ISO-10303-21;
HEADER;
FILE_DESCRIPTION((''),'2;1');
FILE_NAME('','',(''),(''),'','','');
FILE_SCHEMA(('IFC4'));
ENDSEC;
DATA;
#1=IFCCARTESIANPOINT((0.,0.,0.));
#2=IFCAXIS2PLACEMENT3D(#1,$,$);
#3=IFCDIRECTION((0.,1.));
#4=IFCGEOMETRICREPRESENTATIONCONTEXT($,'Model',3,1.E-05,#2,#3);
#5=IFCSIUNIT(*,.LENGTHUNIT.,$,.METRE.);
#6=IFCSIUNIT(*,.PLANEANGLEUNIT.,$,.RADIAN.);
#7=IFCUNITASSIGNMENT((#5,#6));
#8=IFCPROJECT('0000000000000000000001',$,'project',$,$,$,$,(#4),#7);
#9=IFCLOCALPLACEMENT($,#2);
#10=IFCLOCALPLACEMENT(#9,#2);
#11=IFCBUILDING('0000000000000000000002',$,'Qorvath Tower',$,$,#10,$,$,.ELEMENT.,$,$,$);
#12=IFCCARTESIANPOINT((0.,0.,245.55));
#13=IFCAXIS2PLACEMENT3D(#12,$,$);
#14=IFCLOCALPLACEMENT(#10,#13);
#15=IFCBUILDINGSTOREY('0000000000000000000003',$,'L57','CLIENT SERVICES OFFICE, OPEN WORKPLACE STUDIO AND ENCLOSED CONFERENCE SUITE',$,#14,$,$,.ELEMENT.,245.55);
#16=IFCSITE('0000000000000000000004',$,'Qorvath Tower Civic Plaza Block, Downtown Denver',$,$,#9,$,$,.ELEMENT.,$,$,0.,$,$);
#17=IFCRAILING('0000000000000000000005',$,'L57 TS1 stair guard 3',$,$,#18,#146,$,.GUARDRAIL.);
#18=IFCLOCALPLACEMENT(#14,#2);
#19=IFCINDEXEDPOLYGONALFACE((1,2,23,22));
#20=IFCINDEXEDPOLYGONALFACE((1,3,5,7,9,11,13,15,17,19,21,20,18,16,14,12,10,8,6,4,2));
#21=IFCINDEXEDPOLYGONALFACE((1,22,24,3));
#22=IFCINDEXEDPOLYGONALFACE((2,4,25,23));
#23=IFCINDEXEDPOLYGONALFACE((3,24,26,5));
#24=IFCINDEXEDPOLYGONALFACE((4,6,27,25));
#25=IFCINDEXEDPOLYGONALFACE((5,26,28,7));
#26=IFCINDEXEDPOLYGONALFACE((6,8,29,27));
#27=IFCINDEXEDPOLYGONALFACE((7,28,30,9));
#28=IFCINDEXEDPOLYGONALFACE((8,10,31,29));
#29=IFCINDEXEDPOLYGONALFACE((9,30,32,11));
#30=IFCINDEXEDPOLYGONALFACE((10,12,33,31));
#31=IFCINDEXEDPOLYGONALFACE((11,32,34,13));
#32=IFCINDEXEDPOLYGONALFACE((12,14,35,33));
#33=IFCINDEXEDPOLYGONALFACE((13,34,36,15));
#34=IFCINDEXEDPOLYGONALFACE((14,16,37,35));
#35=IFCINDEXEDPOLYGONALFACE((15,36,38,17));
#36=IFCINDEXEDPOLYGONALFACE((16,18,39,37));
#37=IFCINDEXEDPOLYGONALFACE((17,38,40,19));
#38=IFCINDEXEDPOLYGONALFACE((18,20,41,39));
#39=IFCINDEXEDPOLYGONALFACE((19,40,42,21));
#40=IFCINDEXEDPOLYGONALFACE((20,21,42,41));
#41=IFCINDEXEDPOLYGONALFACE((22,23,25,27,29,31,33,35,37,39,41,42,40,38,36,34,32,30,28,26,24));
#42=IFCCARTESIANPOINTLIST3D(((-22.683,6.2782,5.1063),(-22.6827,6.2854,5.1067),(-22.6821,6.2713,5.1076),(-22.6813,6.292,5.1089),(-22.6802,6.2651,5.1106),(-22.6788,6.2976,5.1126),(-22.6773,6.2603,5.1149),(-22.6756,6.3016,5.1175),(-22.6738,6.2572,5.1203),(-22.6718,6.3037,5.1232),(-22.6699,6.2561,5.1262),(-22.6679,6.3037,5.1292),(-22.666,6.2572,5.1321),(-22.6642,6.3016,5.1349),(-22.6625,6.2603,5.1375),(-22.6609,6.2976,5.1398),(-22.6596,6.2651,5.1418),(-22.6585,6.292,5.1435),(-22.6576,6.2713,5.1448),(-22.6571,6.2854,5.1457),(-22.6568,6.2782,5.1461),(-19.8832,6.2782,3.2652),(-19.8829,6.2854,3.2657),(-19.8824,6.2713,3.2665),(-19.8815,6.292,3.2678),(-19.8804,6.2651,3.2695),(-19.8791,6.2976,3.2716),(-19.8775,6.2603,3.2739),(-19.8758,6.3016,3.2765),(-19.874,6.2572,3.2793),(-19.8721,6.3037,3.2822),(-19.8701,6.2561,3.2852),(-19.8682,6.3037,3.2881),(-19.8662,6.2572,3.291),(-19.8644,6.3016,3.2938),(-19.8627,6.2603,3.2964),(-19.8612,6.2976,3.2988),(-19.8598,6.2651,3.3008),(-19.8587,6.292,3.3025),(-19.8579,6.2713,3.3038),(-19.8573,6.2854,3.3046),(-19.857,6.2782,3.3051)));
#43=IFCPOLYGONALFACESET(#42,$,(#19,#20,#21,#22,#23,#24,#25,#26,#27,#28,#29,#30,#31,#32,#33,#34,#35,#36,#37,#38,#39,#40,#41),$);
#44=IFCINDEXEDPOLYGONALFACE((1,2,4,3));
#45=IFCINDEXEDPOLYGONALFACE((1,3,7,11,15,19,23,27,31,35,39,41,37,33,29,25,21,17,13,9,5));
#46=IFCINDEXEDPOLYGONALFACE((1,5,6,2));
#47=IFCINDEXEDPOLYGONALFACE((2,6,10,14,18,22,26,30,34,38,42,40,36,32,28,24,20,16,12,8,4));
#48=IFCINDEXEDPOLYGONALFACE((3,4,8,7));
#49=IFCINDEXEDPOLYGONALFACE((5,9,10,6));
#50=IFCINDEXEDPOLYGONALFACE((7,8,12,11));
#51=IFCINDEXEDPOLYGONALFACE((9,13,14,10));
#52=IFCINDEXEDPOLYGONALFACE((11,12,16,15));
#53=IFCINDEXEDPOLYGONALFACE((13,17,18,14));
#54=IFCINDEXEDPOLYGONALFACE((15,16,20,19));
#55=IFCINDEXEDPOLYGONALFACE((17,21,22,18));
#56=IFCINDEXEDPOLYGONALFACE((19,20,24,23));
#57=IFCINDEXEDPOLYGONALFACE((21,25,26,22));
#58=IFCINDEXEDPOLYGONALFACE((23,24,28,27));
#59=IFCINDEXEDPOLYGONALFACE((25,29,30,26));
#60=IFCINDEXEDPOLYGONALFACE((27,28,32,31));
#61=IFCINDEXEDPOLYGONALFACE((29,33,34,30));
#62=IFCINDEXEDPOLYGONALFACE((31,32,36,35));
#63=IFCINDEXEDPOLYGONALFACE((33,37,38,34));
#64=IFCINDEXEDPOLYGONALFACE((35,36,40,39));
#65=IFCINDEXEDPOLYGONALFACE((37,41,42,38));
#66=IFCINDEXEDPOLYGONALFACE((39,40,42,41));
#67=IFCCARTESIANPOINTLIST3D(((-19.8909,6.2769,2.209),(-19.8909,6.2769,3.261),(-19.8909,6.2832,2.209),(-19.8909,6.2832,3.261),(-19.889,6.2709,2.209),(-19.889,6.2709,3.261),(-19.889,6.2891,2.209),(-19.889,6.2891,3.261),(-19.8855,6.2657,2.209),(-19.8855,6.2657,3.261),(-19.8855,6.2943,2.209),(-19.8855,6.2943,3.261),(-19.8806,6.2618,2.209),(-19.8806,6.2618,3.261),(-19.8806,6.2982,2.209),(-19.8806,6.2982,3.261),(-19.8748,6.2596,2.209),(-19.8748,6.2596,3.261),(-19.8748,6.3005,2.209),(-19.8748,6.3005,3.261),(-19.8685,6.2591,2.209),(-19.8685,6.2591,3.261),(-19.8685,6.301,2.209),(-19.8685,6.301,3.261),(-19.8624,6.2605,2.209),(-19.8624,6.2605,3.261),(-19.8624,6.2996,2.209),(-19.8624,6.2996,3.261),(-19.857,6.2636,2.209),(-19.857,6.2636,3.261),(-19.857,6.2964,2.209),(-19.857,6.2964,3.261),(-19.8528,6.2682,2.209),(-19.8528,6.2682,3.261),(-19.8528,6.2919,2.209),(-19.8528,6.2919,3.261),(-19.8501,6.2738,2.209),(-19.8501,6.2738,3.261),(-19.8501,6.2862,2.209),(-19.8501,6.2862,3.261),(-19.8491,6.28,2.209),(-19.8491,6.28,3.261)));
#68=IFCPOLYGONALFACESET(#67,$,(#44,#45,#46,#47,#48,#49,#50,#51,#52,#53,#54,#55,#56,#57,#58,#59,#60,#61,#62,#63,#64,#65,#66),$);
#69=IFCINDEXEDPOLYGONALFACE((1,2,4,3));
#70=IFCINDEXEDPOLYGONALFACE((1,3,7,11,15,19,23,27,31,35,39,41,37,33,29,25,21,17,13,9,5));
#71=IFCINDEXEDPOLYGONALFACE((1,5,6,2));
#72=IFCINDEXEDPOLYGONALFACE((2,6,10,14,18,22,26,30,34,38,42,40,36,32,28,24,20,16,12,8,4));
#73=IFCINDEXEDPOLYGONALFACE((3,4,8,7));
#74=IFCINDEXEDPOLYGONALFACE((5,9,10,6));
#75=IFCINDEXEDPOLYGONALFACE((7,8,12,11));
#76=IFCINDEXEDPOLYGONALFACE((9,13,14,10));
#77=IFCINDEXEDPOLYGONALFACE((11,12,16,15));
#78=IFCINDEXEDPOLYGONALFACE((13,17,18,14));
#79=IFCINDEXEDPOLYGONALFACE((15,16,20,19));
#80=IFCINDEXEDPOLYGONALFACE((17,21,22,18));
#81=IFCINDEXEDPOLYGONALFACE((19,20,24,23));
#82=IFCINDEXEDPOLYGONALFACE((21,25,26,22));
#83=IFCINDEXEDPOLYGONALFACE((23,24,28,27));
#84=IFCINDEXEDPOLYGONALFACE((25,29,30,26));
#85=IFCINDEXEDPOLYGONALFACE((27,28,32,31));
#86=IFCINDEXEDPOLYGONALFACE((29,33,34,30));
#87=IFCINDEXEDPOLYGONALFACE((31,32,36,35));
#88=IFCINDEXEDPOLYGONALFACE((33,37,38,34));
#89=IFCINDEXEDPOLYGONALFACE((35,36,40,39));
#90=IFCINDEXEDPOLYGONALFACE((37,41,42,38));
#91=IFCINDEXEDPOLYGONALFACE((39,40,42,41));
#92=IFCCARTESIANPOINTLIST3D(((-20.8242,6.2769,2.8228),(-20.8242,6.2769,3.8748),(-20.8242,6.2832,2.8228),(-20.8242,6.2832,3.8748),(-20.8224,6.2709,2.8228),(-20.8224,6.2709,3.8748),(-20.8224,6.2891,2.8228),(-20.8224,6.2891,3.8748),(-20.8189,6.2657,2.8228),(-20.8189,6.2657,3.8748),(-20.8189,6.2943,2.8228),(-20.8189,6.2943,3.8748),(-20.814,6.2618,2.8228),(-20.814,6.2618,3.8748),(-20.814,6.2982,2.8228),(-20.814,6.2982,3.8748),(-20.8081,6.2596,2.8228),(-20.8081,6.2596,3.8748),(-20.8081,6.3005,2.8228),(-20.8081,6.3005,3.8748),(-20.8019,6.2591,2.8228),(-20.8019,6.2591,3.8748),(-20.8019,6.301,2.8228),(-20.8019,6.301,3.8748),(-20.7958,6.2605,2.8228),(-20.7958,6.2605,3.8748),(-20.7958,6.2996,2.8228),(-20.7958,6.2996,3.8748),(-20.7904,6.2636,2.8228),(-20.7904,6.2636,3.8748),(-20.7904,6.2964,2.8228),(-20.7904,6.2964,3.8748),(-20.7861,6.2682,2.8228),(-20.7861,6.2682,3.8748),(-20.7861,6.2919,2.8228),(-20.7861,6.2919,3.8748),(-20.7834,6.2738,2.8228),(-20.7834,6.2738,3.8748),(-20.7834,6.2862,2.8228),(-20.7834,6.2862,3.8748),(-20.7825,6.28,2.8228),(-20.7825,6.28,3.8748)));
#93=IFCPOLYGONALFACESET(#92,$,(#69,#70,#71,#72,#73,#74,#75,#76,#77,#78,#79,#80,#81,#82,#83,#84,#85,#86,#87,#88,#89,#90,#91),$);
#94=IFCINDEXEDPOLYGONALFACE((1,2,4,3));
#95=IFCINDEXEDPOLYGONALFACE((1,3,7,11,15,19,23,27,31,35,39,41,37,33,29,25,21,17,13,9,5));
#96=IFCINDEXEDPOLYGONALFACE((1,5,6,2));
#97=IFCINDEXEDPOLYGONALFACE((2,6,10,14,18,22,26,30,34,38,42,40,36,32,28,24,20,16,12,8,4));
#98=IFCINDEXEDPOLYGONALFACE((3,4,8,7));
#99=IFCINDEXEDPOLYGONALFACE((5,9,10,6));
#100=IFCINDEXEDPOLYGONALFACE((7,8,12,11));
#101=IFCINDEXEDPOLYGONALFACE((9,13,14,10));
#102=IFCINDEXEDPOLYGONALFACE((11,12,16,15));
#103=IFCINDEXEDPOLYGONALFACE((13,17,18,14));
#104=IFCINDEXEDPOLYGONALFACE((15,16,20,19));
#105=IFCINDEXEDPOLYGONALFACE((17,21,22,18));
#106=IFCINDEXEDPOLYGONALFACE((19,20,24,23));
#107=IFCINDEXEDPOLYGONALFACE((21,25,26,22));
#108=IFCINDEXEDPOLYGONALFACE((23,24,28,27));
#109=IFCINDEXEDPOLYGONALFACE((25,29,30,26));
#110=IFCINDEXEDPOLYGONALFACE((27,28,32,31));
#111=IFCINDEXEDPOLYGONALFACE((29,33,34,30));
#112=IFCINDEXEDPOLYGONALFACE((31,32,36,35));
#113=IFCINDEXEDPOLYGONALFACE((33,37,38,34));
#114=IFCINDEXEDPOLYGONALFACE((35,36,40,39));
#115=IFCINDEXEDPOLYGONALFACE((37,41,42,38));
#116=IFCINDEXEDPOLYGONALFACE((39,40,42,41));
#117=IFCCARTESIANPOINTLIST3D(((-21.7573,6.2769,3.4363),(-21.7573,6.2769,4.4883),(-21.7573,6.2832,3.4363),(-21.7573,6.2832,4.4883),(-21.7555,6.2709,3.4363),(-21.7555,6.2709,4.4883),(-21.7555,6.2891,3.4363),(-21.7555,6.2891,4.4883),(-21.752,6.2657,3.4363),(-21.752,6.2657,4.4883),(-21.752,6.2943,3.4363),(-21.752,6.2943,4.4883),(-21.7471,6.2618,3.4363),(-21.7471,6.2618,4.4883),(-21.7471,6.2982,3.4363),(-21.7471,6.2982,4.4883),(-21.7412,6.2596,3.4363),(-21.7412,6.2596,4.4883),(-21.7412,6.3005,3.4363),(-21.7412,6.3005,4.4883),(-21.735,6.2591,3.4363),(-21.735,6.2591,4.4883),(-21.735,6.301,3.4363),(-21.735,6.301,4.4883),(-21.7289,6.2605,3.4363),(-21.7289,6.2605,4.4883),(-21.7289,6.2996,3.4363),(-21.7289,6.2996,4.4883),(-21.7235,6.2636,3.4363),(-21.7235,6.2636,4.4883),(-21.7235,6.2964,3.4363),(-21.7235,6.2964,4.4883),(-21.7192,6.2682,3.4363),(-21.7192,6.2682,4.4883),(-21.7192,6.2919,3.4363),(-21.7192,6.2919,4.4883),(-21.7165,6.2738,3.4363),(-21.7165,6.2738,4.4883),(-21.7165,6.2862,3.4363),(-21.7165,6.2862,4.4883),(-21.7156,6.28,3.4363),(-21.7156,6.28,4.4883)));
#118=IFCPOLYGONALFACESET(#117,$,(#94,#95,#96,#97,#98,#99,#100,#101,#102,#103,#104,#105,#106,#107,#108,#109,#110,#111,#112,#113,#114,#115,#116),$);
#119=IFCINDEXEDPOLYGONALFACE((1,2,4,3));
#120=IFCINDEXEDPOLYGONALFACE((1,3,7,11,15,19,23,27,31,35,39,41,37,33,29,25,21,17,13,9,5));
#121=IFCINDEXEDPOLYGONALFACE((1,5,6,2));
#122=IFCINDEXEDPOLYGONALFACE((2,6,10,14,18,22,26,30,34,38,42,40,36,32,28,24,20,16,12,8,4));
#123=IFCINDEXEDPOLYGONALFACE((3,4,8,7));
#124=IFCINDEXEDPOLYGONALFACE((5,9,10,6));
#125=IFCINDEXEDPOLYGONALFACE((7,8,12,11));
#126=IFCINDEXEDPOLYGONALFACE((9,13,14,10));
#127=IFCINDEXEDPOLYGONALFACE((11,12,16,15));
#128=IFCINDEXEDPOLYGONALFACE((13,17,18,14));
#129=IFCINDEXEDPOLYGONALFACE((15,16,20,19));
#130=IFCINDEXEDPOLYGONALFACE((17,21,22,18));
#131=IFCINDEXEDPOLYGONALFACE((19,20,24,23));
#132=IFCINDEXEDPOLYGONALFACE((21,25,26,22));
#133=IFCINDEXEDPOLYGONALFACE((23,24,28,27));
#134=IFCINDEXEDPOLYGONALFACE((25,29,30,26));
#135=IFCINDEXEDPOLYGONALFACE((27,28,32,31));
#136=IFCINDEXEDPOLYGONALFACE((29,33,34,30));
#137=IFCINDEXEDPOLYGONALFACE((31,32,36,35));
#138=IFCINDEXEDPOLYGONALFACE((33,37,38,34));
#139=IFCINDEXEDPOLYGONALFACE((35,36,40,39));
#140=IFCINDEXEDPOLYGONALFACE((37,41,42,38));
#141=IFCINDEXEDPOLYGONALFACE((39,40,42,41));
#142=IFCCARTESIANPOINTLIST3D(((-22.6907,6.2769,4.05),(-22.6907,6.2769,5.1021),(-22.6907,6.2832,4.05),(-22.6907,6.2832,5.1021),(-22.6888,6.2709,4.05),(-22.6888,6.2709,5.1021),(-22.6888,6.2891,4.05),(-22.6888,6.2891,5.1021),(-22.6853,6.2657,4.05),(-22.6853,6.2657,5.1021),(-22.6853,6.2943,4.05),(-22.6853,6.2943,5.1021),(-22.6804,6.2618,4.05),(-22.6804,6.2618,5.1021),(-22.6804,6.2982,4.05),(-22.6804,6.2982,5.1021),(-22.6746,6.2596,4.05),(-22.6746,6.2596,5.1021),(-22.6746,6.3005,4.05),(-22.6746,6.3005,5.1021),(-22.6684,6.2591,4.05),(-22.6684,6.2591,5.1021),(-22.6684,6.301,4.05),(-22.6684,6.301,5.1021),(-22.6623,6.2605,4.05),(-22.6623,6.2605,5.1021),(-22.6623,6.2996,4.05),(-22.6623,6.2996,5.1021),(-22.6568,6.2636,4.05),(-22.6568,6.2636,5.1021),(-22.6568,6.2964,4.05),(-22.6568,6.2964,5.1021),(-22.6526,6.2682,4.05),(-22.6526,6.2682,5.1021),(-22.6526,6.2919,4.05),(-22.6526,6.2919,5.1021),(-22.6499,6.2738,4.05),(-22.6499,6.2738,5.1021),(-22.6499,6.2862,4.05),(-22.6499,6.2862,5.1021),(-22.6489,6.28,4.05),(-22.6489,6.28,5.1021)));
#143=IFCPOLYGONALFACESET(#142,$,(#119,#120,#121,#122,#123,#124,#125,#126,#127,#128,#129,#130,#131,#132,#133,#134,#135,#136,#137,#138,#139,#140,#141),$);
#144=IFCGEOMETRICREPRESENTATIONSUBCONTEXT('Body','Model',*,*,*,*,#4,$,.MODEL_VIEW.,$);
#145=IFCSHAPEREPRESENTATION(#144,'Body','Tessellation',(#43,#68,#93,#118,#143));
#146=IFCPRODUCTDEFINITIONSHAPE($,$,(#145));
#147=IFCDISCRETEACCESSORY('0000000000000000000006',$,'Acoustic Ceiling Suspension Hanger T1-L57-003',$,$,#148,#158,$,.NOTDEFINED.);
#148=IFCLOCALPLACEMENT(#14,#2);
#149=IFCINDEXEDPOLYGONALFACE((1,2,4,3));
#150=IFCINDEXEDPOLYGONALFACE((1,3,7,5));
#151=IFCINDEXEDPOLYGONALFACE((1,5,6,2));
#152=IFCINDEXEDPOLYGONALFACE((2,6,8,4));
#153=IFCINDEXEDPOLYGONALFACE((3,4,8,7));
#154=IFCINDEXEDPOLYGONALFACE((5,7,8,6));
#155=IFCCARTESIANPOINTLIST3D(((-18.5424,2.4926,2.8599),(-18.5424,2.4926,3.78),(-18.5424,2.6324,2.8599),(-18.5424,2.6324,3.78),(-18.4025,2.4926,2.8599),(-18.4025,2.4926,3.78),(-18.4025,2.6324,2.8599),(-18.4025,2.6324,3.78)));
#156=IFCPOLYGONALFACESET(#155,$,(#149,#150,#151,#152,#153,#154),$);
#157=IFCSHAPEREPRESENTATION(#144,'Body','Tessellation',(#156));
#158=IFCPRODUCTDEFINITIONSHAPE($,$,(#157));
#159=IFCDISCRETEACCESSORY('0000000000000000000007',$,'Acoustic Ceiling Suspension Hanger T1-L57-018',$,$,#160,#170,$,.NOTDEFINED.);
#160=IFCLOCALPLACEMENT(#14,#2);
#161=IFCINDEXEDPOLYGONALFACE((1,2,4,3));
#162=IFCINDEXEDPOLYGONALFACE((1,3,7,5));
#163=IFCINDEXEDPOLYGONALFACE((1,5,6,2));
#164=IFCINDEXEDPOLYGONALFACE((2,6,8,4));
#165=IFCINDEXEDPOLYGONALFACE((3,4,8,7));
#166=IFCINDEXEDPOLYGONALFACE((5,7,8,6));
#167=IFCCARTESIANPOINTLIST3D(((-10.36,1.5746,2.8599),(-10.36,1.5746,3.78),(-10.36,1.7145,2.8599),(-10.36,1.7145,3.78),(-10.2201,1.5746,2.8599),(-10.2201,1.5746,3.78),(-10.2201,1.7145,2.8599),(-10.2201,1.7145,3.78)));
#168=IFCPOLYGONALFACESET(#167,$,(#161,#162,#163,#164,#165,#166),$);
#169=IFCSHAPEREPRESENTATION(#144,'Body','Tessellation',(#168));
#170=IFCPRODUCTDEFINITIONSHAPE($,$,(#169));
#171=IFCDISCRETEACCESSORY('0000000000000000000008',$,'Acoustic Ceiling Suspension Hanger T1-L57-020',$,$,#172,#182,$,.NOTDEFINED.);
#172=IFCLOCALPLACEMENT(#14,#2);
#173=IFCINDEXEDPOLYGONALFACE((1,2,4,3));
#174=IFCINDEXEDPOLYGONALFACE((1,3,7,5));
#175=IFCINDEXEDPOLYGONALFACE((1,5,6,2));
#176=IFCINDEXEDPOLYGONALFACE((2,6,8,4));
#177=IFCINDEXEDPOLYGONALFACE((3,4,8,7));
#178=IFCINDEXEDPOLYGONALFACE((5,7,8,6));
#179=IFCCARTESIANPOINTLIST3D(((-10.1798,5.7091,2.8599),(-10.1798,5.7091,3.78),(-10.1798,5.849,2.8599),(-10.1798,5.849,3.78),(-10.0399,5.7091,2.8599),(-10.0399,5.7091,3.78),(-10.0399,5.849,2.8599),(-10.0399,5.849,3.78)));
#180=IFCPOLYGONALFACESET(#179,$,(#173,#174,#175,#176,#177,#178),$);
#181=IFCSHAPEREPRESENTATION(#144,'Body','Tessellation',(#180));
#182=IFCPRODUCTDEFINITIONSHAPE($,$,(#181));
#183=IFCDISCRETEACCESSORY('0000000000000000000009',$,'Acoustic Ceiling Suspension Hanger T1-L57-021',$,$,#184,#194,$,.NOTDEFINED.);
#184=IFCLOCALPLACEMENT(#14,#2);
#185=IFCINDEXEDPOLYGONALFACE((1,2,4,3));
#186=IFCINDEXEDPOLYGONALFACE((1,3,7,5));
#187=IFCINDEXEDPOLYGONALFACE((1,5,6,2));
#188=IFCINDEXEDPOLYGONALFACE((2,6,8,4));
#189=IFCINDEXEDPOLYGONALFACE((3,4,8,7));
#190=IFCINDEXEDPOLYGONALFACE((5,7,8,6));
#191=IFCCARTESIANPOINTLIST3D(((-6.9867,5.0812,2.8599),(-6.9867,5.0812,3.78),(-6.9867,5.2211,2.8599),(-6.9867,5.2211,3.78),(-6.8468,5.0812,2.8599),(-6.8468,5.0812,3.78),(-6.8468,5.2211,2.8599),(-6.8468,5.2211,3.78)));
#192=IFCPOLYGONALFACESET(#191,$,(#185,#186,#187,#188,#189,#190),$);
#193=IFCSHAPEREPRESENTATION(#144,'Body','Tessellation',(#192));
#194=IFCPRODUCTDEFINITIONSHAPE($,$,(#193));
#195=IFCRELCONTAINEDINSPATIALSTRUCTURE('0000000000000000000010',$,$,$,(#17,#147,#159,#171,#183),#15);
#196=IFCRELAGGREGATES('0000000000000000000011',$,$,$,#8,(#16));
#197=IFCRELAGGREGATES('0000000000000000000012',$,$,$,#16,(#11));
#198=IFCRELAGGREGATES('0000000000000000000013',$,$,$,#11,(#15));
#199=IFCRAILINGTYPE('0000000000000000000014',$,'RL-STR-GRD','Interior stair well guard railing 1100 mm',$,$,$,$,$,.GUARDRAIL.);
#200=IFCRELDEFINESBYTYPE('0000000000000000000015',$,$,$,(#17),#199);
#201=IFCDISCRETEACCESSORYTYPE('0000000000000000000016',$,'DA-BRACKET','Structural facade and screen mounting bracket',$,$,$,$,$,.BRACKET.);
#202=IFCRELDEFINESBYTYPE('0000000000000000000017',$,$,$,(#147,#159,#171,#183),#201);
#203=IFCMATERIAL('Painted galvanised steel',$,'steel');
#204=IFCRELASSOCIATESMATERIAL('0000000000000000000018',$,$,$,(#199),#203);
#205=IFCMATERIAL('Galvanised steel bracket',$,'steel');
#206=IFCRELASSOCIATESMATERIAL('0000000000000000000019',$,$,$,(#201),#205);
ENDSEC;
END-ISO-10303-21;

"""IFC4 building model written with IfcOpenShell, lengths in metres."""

from ifc_helpers import new_model, si_unit, direction, frame, origin, origin_2d, place, context, subcontext, project, spatial, rectangle, circle, extrude, material, type_object, element, save


model = new_model("IFC4")

# Units and contexts
model_context = context("Model", 3, precision=1e-05, world=origin(), true_north=direction((0.0, 1.0)))
body_context = subcontext(model_context, "Body", "Model", "MODEL_VIEW")
ifc_project = project(units=[si_unit("LENGTHUNIT", "METRE"), si_unit("PLANEANGLEUNIT", "RADIAN")], contexts=[model_context])

# Site, building, storey
site_placement = place(None, origin())
site = spatial("IfcSite", under=ifc_project, at=site_placement, Name="Qorvath Tower Civic Plaza Block, Downtown Denver", CompositionType="ELEMENT", RefElevation=0.0)
building_placement = place(site_placement, origin())
building = spatial("IfcBuilding", under=site, at=building_placement, Name="Qorvath Tower", CompositionType="ELEMENT")
storey_placement = place(building_placement, frame((0.0, 0.0, 245.55)))
storey = spatial("IfcBuildingStorey", under=building, at=storey_placement, Name="L57", Description="CLIENT SERVICES OFFICE, OPEN WORKPLACE STUDIO AND ENCLOSED CONFERENCE SUITE", CompositionType="ELEMENT", Elevation=245.55)

# Railing
ifc_material_1 = material(Name="Painted galvanised steel", Category="steel")
railing_type = type_object("IfcRailingType", Name="RL-STR-GRD", Description="Interior stair well guard railing 1100 mm", PredefinedType="GUARDRAIL", material=ifc_material_1)
railing_1_placement = place(storey_placement, frame((-19.8701, 6.28, 2.209)))
element("IfcRailing", 1, at=railing_1_placement, inside=storey, type_object=railing_type, Name="L57 TS1 stair guard 3", PredefinedType="GUARDRAIL", context=body_context, shape_type="SweptSolid", body=[
    extrude(circle(Radius=0.0239, at=origin_2d()), frame((0.0, 0.0, 1.0762), z_axis=(-0.835542, 0.0, 0.549426), x_axis=(0.0, -1.0, 0.0)), (0.0, 0.0, 1.0), 3.3508),
    extrude(circle(Radius=0.021, at=origin_2d()), origin(), (0.0, 0.0, 1.0), 1.052),
    extrude(circle(Radius=0.021, at=origin_2d()), frame((-0.9333, 0.0, 0.6138)), (0.0, 0.0, 1.0), 1.052),
    extrude(circle(Radius=0.021, at=origin_2d()), frame((-1.8665, 0.0, 1.2273)), (0.0, 0.0, 1.0), 1.052),
    extrude(circle(Radius=0.021, at=origin_2d()), frame((-2.7998, 0.0, 1.8411)), (0.0, 0.0, 1.0), 1.052),
])

# Discrete accessories
ifc_material_2 = material(Name="Galvanised steel bracket", Category="steel")
discrete_accessory_type = type_object("IfcDiscreteAccessoryType", Name="DA-BRACKET", Description="Structural facade and screen mounting bracket", PredefinedType="BRACKET", material=ifc_material_2)
for number, where, z_axis, x_axis, name in (
    (2, (-18.4724, 2.5625, 2.8599), (0.0, 0.0, 1.0), (1.0, 0.0, 0.0), "Acoustic Ceiling Suspension Hanger T1-L57-003"),
    (3, (-10.29, 1.6445, 2.8599), (0.0, 0.0, 1.0), (1.0, 0.0, 0.0), "Acoustic Ceiling Suspension Hanger T1-L57-018"),
    (4, (-10.1099, 5.7791, 2.8599), (0.0, 0.0, 1.0), (1.0, 0.0, 0.0), "Acoustic Ceiling Suspension Hanger T1-L57-020"),
    (5, (-6.9167, 5.1511, 2.8599), (0.0, 0.0, 1.0), (1.0, 0.0, 0.0), "Acoustic Ceiling Suspension Hanger T1-L57-021"),
):
    element("IfcDiscreteAccessory", number, at=place(storey_placement, frame(where, z_axis=z_axis, x_axis=x_axis)), inside=storey, type_object=discrete_accessory_type, Name=name, PredefinedType="NOTDEFINED", context=body_context, shape_type="SweptSolid", body=[
        extrude(rectangle(XDim=0.1399, YDim=0.1399, at=origin_2d()), origin(), (0.0, 0.0, 1.0), 0.9202),
    ])

save(model, "model.ifc")
